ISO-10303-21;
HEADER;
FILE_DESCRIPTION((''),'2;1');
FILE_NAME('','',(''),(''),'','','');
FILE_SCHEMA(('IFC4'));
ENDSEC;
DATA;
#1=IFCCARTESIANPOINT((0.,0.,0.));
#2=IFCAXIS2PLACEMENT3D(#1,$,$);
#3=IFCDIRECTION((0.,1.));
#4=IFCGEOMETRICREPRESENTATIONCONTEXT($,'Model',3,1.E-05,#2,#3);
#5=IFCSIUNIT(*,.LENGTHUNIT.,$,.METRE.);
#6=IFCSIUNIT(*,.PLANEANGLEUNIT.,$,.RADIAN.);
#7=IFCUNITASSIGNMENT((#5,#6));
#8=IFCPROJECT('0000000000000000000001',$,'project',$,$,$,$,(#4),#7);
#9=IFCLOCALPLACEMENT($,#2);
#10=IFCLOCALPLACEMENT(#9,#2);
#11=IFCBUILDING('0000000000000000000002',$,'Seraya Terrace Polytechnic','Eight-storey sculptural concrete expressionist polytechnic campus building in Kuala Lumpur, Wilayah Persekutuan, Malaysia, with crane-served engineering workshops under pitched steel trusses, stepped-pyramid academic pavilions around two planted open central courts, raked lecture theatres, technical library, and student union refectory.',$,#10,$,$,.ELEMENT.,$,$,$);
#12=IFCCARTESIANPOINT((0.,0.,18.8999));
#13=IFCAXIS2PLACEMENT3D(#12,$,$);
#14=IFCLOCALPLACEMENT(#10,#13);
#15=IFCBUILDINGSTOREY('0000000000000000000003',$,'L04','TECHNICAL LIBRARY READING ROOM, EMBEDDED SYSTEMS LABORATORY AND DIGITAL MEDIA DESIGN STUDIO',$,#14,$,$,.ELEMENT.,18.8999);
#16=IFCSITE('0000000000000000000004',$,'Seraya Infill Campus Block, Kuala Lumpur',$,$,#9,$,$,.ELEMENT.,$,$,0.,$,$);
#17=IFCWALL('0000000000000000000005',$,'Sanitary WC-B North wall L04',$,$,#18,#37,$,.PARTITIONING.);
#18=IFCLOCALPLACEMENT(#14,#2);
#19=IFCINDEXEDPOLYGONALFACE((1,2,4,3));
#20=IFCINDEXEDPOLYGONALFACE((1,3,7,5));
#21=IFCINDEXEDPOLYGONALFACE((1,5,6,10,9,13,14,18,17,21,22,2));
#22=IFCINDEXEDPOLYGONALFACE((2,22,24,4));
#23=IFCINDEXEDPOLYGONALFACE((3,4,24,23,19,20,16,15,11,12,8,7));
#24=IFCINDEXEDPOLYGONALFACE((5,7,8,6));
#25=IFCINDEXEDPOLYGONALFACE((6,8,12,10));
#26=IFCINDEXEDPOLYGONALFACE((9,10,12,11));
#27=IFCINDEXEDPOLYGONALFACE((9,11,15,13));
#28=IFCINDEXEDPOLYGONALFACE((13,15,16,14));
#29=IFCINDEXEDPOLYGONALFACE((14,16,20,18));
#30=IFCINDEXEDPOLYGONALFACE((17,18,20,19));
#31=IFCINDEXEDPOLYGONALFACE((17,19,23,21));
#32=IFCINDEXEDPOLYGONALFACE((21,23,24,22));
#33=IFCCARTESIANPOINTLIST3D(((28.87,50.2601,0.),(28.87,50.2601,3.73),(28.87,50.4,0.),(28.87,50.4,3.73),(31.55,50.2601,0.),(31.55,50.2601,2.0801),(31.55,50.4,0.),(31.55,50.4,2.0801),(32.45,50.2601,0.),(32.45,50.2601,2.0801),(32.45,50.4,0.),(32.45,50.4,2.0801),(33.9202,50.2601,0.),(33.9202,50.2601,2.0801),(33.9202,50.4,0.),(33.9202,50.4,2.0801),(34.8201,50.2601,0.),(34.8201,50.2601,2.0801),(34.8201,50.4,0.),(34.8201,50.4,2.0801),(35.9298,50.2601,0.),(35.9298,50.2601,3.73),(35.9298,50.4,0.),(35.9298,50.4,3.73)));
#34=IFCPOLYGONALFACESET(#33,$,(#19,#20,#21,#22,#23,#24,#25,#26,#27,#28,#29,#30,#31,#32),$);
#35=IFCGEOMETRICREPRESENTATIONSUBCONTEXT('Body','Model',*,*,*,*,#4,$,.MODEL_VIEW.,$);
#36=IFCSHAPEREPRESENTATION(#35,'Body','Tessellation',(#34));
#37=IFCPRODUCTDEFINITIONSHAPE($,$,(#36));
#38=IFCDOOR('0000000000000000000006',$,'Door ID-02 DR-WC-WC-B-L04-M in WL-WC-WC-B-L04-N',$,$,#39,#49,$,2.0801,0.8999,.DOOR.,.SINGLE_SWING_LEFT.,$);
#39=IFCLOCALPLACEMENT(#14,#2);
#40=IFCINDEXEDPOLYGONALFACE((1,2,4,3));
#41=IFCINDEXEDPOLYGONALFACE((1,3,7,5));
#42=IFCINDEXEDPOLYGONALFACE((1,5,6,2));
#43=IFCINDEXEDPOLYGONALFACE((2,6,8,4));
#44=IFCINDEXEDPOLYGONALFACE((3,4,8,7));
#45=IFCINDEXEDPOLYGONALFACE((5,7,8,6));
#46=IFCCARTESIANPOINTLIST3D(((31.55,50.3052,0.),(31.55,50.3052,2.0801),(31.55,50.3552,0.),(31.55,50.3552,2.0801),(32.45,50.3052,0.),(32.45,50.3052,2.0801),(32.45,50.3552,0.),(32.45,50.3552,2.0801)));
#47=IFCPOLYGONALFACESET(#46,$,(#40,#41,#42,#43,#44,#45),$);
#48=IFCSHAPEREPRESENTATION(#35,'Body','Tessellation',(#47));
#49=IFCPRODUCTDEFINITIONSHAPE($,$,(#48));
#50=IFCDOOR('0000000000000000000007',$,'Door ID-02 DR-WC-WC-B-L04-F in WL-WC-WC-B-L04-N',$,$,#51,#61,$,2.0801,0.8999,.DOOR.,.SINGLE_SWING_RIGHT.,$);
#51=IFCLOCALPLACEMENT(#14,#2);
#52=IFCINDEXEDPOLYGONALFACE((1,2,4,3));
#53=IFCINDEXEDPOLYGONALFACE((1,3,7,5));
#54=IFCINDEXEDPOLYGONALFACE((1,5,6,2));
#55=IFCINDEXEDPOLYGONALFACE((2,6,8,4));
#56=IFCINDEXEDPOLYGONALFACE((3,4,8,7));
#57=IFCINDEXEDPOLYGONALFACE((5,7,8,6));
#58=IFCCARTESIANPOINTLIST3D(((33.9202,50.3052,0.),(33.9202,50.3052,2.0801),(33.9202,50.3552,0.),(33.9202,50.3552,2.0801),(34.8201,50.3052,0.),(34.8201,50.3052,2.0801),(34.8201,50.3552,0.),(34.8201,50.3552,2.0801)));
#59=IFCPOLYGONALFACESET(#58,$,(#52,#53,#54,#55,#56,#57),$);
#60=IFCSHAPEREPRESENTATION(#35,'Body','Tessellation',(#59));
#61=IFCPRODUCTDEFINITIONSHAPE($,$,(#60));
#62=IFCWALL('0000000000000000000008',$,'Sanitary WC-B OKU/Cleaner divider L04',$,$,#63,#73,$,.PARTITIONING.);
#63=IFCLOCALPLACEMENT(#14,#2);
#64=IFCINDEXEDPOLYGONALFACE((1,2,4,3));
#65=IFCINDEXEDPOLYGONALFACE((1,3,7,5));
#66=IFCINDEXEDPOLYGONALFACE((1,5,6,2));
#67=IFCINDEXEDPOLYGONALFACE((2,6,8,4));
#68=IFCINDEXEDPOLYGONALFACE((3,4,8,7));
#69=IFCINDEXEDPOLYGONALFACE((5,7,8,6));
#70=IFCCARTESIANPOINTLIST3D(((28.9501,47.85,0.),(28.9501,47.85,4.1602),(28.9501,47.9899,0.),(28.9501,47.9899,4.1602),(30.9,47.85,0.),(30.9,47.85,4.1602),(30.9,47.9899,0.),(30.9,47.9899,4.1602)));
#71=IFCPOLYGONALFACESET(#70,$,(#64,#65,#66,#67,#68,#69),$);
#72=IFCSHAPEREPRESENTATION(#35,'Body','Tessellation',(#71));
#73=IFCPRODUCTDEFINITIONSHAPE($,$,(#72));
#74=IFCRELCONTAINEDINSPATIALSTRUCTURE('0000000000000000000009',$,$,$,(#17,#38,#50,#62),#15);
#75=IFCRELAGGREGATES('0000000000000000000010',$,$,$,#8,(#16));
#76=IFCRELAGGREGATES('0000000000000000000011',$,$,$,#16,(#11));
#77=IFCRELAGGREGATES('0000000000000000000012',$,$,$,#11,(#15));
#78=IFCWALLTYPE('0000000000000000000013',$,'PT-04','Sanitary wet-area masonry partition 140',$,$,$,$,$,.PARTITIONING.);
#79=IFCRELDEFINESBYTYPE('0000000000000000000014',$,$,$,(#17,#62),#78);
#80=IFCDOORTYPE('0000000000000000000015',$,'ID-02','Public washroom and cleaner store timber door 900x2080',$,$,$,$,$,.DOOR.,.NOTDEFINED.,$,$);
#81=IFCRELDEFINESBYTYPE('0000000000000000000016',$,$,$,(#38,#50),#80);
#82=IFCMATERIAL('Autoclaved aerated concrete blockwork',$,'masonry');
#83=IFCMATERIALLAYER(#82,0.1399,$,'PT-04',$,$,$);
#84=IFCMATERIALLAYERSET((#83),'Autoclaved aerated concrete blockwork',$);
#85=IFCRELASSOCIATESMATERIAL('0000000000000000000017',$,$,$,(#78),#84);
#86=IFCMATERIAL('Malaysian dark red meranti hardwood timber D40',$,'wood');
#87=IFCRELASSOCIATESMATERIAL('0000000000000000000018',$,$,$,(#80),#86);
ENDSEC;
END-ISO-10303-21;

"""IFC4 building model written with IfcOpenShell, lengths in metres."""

from ifc_helpers import new_model, si_unit, direction, frame, frame_2d, origin, place, context, subcontext, project, spatial, rectangle, extrude, material, layer, layer_set, type_object, element, fill, save


model = new_model("IFC4")

# Units and contexts
model_context = context("Model", 3, precision=1e-05, world=origin(), true_north=direction((0.0, 1.0)))
body_context = subcontext(model_context, "Body", "Model", "MODEL_VIEW")
ifc_project = project(units=[si_unit("LENGTHUNIT", "METRE"), si_unit("PLANEANGLEUNIT", "RADIAN")], contexts=[model_context])

# Site, building, storey
site_placement = place(None, origin())
site = spatial("IfcSite", under=ifc_project, at=site_placement, Name="Seraya Infill Campus Block, Kuala Lumpur", CompositionType="ELEMENT", RefElevation=0.0)
building_placement = place(site_placement, origin())
building = spatial("IfcBuilding", under=site, at=building_placement, Name="Seraya Terrace Polytechnic", Description="Eight-storey sculptural concrete expressionist polytechnic campus building in Kuala Lumpur, Wilayah Persekutuan, Malaysia, with crane-served engineering workshops under pitched steel trusses, stepped-pyramid academic pavilions around two planted open central courts, raked lecture theatres, technical library, and student union refectory.", CompositionType="ELEMENT")
storey_placement = place(building_placement, frame((0.0, 0.0, 18.8999)))
storey = spatial("IfcBuildingStorey", under=building, at=storey_placement, Name="L04", Description="TECHNICAL LIBRARY READING ROOM, EMBEDDED SYSTEMS LABORATORY AND DIGITAL MEDIA DESIGN STUDIO", CompositionType="ELEMENT", Elevation=18.8999)

# Shared definitions
ifc_material_1 = material(Name="Autoclaved aerated concrete blockwork", Category="masonry")

# Shared definitions
ifc_material_2 = material(Name="Malaysian dark red meranti hardwood timber D40", Category="wood")

# Wall, openings, doors
ifc_layer_1 = layer(ifc_material_1, 0.1399, Name="PT-04")
ifc_layer_set_1 = layer_set([ifc_layer_1], Name="Autoclaved aerated concrete blockwork")
wall_type_1 = type_object("IfcWallType", Name="PT-04", Description="Sanitary wet-area masonry partition 140", PredefinedType="PARTITIONING", material=ifc_layer_set_1)
wall_1_placement = place(storey_placement, frame((28.8701, 50.3301, 0.0), z_axis=(0.0, 0.0, 1.0), x_axis=(1.0, 0.0, 0.0)))
wall_1 = element("IfcWall", 1, at=wall_1_placement, inside=storey, type_object=wall_type_1, Name="Sanitary WC-B North wall L04", PredefinedType="PARTITIONING", context=body_context, shape_type="SweptSolid", body=[
    extrude(rectangle(XDim=7.0598, YDim=0.1399, at=frame_2d((3.5298, 0.0))), origin(), (0.0, 0.0, 1.0), 3.73),
])
opening_1_placement = place(wall_1_placement, frame((2.6799, 0.0, 0.0)))
opening_1 = element("IfcOpeningElement", 2, at=opening_1_placement, cuts=wall_1, PredefinedType="OPENING", context=body_context, shape_type="SweptSolid", body=[
    extrude(rectangle(XDim=0.8999, YDim=2.0801, at=frame_2d((0.45, 1.04))), frame((0.0, 0.082, 0.0), z_axis=(0.0, -1.0, 0.0), x_axis=(1.0, 0.0, 0.0)), (0.0, 0.0, 1.0), 0.1638),
])
opening_2_placement = place(wall_1_placement, frame((5.05, 0.0, 0.0)))
opening_2 = element("IfcOpeningElement", 3, at=opening_2_placement, cuts=wall_1, PredefinedType="OPENING", context=body_context, shape_type="SweptSolid", body=[
    extrude(rectangle(XDim=0.8999, YDim=2.0801, at=frame_2d((0.45, 1.04))), frame((0.0, 0.082, 0.0), z_axis=(0.0, -1.0, 0.0), x_axis=(1.0, 0.0, 0.0)), (0.0, 0.0, 1.0), 0.1638),
])
door_type_1 = type_object("IfcDoorType", Name="ID-02", Description="Public washroom and cleaner store timber door 900x2080", OperationType="NOTDEFINED", PredefinedType="DOOR", material=ifc_material_2)
door_1_placement = place(opening_1_placement, frame((0.8999, 0.0, 0.0), z_axis=(0.0, 0.0, 1.0), x_axis=(-1.0, 0.0, 0.0)))
door_1 = element("IfcDoor", 4, at=door_1_placement, inside=storey, type_object=door_type_1, Name="Door ID-02 DR-WC-WC-B-L04-M in WL-WC-WC-B-L04-N", OperationType="SINGLE_SWING_LEFT", OverallHeight=2.0801, OverallWidth=0.8999, PredefinedType="DOOR", context=body_context, shape_type="SweptSolid", body=[
    extrude(rectangle(XDim=0.8999, YDim=2.0801, at=frame_2d((0.45, 1.04))), frame((0.0, 0.0249, 0.0), z_axis=(0.0, -1.0, 0.0), x_axis=(1.0, 0.0, 0.0)), (0.0, 0.0, 1.0), 0.05),
])
fill(opening_1, door_1)
door_2_placement = place(opening_2_placement, frame((0.8999, 0.0, 0.0), z_axis=(0.0, 0.0, 1.0), x_axis=(-1.0, 0.0, 0.0)))
door_2 = element("IfcDoor", 5, at=door_2_placement, inside=storey, type_object=door_type_1, Name="Door ID-02 DR-WC-WC-B-L04-F in WL-WC-WC-B-L04-N", OperationType="SINGLE_SWING_RIGHT", OverallHeight=2.0801, OverallWidth=0.8999, PredefinedType="DOOR", context=body_context, shape_type="SweptSolid", body=[
    extrude(rectangle(XDim=0.8999, YDim=2.0801, at=frame_2d((0.45, 1.04))), frame((0.0, 0.0249, 0.0), z_axis=(0.0, -1.0, 0.0), x_axis=(1.0, 0.0, 0.0)), (0.0, 0.0, 1.0), 0.05),
])
fill(opening_2, door_2)

# Wall
wall_2_placement = place(storey_placement, frame((28.95, 47.9199, 0.0), z_axis=(0.0, 0.0, 1.0), x_axis=(1.0, 0.0, 0.0)))
element("IfcWall", 6, at=wall_2_placement, inside=storey, type_object=wall_type_1, Name="Sanitary WC-B OKU/Cleaner divider L04", PredefinedType="PARTITIONING", context=body_context, shape_type="SweptSolid", body=[
    extrude(rectangle(XDim=1.95, YDim=0.1399, at=frame_2d((0.9751, 0.0))), origin(), (0.0, 0.0, 1.0), 4.1602),
])

save(model, "model.ifc")
